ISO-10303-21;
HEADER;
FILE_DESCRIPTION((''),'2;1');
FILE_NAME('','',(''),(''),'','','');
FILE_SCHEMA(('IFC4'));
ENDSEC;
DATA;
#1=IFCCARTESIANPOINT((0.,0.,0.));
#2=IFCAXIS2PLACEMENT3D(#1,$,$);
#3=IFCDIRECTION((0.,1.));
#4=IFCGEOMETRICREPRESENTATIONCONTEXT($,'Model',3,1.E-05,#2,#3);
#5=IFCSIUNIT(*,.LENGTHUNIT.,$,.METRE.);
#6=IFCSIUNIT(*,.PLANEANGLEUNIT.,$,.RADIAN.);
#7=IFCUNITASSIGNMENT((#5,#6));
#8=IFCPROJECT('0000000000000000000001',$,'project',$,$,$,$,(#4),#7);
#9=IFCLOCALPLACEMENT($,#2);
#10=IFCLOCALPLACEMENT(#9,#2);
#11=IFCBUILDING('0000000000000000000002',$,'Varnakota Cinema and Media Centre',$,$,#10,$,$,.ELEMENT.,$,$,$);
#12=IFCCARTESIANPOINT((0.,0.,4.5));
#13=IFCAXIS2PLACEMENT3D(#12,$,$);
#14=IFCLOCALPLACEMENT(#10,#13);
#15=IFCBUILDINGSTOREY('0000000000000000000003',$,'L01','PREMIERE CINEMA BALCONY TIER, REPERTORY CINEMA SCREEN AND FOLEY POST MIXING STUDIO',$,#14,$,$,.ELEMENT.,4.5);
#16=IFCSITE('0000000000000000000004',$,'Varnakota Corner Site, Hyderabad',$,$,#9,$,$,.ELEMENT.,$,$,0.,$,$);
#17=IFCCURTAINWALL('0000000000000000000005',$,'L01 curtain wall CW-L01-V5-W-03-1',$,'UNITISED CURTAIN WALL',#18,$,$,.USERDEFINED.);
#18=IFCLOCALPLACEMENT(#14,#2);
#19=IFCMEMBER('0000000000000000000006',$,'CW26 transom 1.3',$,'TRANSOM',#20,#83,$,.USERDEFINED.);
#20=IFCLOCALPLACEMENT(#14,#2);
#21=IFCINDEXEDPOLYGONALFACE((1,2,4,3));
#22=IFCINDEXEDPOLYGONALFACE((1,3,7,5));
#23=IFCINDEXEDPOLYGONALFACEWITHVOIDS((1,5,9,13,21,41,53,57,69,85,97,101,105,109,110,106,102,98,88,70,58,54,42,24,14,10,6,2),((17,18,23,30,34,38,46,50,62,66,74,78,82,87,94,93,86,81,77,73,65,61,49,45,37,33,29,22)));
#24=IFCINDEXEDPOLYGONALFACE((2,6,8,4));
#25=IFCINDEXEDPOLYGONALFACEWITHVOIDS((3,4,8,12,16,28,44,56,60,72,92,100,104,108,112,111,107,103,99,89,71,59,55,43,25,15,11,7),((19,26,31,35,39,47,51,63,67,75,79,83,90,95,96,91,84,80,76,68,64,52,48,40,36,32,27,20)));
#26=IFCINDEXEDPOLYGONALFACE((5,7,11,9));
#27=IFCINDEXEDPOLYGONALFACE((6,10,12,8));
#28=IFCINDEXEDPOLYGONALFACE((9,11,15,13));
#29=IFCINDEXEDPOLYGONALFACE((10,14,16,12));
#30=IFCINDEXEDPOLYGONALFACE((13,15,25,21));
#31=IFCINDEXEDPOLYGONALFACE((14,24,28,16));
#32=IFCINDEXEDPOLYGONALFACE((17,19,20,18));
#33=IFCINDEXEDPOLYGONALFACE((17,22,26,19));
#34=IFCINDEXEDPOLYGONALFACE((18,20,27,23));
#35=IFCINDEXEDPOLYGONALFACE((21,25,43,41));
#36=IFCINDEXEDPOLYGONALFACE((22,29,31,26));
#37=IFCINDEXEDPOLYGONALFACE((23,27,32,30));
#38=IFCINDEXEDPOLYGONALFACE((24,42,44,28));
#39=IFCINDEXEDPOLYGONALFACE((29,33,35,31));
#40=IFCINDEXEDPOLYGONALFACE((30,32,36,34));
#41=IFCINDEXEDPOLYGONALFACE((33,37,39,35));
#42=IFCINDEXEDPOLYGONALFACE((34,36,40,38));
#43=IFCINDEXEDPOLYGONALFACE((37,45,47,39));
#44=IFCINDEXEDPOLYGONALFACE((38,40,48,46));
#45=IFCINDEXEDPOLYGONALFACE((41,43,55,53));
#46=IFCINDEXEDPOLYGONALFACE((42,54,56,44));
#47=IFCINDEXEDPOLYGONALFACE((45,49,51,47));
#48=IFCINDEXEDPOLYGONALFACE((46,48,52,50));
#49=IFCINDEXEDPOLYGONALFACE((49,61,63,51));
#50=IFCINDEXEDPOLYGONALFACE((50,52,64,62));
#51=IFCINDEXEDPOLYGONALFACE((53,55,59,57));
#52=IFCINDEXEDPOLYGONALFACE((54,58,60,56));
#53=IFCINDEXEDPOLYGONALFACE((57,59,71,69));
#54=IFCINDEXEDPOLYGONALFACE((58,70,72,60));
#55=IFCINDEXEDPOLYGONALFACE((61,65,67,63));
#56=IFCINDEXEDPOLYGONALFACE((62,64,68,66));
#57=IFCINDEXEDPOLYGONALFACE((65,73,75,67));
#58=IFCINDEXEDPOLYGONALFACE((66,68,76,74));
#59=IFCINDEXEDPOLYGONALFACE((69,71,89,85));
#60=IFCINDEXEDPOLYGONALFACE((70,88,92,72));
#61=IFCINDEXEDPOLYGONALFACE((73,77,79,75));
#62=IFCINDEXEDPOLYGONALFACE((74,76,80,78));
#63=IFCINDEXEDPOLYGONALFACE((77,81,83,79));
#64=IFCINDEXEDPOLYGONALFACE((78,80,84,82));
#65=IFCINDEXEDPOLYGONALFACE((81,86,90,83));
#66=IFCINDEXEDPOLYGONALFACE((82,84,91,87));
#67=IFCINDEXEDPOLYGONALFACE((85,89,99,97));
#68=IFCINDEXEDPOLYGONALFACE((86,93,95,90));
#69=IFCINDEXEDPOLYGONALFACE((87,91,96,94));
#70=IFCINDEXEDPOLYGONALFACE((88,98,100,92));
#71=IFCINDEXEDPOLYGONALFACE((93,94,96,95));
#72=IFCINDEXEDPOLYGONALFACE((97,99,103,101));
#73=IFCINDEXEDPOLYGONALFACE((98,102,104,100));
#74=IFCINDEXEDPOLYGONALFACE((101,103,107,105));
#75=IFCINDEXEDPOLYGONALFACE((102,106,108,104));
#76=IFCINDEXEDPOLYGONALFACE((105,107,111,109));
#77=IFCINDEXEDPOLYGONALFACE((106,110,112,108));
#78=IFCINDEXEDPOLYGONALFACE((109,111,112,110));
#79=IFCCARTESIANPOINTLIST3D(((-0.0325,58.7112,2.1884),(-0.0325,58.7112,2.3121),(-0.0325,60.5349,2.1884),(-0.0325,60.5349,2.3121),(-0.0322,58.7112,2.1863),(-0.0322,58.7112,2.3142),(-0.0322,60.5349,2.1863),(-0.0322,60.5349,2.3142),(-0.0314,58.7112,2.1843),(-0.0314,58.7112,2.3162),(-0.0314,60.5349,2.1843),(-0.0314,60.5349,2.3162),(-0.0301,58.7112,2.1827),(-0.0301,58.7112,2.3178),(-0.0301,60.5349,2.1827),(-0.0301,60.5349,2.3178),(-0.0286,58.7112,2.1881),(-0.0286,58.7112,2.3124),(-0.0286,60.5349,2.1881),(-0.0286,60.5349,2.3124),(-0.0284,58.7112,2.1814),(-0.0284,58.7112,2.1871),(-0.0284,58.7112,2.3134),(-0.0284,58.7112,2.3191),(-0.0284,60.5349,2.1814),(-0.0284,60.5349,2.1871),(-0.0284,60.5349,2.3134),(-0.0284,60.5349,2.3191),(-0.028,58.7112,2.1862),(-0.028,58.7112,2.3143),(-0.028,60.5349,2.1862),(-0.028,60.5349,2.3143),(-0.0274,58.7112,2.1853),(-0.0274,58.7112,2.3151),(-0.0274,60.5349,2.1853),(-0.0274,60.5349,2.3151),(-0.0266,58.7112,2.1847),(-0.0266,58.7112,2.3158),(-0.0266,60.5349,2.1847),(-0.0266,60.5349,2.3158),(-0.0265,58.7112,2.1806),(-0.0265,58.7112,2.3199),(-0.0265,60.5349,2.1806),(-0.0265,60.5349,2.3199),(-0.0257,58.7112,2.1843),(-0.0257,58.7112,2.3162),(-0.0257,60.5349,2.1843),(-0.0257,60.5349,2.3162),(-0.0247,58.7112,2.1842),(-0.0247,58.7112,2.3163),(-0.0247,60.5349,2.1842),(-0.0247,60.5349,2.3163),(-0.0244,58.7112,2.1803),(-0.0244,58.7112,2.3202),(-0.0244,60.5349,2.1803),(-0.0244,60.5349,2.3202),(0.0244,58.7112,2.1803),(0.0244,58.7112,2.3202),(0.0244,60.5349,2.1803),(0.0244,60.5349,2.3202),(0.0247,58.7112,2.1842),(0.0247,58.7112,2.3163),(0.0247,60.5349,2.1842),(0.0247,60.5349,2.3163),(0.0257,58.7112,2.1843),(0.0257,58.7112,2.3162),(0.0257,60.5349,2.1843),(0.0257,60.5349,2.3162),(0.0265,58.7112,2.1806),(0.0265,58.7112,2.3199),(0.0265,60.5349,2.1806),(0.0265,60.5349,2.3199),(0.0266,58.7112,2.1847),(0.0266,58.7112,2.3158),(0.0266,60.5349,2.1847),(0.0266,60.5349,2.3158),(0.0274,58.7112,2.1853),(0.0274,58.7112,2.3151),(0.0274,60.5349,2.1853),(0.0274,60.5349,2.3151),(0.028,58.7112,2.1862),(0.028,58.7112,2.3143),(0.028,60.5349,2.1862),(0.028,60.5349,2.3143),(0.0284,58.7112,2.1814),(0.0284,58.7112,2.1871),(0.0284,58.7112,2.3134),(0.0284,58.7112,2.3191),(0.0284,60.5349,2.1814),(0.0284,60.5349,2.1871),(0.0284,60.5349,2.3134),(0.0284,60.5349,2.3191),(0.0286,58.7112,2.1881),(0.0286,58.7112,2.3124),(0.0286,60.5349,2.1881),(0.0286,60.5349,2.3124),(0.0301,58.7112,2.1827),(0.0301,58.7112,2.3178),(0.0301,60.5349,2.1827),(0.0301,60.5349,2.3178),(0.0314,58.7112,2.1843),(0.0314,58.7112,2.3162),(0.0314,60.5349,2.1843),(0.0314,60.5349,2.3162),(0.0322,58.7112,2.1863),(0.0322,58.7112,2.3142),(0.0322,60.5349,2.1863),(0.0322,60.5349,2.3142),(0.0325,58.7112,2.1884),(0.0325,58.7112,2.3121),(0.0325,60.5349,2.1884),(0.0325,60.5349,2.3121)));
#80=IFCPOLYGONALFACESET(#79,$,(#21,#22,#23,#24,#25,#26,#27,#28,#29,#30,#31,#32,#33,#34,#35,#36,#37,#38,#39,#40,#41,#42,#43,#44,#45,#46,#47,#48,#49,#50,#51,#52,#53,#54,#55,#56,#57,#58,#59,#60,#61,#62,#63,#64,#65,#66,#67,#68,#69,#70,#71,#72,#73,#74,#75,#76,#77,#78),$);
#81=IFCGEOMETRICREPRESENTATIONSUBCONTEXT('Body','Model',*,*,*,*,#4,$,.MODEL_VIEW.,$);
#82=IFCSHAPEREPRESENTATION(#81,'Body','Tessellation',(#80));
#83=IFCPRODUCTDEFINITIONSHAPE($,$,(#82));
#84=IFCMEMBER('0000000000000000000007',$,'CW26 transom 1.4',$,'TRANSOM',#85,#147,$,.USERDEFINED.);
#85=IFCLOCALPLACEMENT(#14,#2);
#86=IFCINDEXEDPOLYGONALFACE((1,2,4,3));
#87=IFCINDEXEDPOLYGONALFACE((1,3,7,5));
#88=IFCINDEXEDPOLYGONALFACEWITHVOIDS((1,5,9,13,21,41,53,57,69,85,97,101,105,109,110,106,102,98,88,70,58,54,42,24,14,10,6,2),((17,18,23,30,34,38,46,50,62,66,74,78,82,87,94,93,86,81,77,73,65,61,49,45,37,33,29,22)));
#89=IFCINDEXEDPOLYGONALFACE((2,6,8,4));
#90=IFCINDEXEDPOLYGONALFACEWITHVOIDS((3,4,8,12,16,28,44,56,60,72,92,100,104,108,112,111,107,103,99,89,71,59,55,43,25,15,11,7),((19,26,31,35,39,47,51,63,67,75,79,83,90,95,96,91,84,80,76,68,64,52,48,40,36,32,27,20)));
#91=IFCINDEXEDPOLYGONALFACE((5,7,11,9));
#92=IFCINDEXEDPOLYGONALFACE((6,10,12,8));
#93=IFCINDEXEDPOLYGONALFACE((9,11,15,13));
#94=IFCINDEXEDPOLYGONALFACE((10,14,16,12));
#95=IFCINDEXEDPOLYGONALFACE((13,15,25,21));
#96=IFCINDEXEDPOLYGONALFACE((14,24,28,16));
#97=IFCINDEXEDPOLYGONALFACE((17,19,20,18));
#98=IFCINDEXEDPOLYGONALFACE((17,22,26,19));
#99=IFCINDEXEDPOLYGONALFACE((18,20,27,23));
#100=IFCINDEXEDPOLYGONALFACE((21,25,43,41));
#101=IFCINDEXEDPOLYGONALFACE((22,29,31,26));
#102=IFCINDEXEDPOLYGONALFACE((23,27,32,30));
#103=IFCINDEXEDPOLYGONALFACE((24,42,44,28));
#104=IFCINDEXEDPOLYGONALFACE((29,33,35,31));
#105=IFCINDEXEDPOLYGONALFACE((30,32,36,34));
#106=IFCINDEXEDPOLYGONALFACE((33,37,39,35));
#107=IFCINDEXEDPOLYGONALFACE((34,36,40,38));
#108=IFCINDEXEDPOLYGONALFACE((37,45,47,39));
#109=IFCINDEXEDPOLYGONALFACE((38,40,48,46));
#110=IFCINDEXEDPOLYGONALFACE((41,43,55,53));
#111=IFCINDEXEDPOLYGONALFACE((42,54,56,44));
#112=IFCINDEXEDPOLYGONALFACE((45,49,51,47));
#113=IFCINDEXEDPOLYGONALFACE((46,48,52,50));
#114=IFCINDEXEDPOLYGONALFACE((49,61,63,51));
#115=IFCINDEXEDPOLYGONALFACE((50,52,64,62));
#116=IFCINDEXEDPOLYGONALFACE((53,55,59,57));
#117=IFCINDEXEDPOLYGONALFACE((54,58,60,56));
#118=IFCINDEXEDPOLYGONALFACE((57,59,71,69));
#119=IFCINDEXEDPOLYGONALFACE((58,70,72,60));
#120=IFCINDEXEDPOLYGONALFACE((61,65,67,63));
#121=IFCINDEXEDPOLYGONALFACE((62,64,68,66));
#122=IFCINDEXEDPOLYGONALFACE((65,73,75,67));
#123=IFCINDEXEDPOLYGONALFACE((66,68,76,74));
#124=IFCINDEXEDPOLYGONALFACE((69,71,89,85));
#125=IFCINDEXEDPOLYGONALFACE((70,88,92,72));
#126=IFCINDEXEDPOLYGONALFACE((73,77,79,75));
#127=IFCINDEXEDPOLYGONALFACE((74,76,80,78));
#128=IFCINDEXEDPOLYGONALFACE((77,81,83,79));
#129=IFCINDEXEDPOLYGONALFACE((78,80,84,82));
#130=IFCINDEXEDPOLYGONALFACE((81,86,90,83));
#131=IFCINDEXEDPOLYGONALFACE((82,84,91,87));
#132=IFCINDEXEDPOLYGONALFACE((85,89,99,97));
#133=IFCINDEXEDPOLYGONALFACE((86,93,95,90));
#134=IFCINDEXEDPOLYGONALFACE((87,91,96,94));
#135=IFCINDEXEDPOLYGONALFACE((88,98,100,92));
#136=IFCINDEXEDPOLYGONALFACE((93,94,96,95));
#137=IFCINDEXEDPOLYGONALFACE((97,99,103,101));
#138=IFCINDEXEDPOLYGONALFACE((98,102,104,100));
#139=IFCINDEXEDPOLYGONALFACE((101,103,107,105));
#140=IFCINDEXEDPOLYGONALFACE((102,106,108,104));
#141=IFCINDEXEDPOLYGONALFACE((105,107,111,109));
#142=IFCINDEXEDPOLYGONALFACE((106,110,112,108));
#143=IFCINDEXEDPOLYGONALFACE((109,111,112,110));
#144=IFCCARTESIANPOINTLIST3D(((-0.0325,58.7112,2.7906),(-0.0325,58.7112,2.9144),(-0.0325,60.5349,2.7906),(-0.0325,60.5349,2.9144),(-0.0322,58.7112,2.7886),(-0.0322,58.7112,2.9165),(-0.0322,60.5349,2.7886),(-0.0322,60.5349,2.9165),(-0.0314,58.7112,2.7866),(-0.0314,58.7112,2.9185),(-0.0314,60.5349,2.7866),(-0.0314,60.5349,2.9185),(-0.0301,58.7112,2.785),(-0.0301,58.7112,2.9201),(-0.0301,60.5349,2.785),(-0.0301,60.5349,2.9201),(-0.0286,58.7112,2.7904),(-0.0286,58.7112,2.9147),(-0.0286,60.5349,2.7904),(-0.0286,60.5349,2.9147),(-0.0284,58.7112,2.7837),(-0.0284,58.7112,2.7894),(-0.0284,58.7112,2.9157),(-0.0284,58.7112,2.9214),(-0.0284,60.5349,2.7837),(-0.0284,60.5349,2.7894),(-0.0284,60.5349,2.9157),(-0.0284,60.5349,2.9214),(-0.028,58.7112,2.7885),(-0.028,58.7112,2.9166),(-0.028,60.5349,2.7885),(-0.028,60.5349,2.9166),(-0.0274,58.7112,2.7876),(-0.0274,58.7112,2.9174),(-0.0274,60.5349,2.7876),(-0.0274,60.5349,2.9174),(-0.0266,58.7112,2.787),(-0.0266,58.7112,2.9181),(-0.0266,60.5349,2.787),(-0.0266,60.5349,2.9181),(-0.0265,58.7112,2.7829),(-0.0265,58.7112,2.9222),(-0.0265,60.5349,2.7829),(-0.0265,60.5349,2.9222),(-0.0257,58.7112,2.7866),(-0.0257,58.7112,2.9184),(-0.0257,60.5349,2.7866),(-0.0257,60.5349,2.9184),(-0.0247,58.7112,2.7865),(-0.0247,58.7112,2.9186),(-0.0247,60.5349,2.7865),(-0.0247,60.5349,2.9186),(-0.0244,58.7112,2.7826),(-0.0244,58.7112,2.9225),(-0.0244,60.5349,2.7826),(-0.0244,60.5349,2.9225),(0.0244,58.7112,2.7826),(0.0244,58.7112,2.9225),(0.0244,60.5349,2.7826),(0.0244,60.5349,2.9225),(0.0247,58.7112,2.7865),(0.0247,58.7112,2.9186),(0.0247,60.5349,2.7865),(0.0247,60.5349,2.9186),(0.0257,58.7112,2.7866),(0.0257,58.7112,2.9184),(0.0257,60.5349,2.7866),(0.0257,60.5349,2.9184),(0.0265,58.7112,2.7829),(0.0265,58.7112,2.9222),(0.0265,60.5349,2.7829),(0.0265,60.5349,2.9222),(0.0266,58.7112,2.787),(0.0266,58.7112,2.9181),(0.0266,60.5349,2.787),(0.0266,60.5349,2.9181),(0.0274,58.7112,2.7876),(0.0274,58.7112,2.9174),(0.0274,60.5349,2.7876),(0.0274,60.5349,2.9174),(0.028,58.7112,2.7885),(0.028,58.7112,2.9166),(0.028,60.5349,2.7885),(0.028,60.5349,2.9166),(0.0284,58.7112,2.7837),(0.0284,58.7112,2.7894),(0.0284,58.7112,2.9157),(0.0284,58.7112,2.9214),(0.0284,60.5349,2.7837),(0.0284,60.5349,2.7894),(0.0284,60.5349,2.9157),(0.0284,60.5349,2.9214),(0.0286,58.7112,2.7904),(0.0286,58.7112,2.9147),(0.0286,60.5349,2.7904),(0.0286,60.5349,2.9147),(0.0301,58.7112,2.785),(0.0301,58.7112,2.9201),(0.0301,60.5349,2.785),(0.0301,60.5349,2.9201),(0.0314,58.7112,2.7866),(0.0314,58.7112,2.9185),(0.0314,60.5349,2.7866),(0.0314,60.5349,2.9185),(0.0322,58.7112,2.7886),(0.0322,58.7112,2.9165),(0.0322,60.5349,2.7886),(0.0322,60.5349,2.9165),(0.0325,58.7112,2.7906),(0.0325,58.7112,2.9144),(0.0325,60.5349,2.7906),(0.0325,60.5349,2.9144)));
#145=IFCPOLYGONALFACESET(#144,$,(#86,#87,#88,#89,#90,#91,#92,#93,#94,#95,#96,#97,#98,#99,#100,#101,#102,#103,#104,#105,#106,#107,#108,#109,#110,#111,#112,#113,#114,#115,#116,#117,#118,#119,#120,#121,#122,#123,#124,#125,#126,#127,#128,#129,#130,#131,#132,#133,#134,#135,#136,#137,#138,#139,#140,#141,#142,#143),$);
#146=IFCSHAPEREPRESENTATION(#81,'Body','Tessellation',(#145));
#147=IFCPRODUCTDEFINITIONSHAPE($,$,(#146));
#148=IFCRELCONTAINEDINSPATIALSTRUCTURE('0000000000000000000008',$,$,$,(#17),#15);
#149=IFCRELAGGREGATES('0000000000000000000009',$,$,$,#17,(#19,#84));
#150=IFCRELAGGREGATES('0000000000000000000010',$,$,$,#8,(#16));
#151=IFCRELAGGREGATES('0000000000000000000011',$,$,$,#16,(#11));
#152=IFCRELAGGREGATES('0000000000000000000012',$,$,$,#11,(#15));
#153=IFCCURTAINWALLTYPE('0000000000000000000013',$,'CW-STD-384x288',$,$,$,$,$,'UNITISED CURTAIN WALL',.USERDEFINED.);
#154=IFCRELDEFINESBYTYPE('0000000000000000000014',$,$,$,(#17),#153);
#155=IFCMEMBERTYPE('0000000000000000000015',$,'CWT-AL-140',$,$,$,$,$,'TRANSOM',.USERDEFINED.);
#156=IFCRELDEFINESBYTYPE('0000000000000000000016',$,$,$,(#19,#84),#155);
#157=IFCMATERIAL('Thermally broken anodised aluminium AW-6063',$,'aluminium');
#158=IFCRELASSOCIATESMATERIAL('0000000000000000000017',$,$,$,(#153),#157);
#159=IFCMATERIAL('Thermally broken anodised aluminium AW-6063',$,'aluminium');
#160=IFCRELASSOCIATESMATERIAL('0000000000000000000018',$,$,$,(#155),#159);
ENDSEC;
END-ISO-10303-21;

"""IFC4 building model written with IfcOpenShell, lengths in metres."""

from ifc_helpers import new_model, si_unit, direction, frame, origin, origin_2d, place, context, subcontext, project, spatial, hollow_rectangle, extrude, material, material_profile, profile_set, type_object, element, aggregate, save


model = new_model("IFC4")

# Units and contexts
model_context = context("Model", 3, precision=1e-05, world=origin(), true_north=direction((0.0, 1.0)))
body_context = subcontext(model_context, "Body", "Model", "MODEL_VIEW")
ifc_project = project(units=[si_unit("LENGTHUNIT", "METRE"), si_unit("PLANEANGLEUNIT", "RADIAN")], contexts=[model_context])

# Site, building, storey
site_placement = place(None, origin())
site = spatial("IfcSite", under=ifc_project, at=site_placement, Name="Varnakota Corner Site, Hyderabad", CompositionType="ELEMENT", RefElevation=0.0)
building_placement = place(site_placement, origin())
building = spatial("IfcBuilding", under=site, at=building_placement, Name="Varnakota Cinema and Media Centre", CompositionType="ELEMENT")
storey_placement = place(building_placement, frame((0.0, 0.0, 4.5)))
storey = spatial("IfcBuildingStorey", under=building, at=storey_placement, Name="L01", Description="PREMIERE CINEMA BALCONY TIER, REPERTORY CINEMA SCREEN AND FOLEY POST MIXING STUDIO", CompositionType="ELEMENT", Elevation=4.5)

# Curtain wall
ifc_material_1 = material(Name="Thermally broken anodised aluminium AW-6063", Category="aluminium")
curtain_wall_type = type_object("IfcCurtainWallType", Name="CW-STD-384x288", ElementType="UNITISED CURTAIN WALL", PredefinedType="USERDEFINED", material=ifc_material_1)
curtain_wall_1_placement = place(storey_placement, origin())
curtain_wall_1 = element("IfcCurtainWall", 1, at=curtain_wall_1_placement, inside=storey, type_object=curtain_wall_type, Name="L01 curtain wall CW-L01-V5-W-03-1", ObjectType="UNITISED CURTAIN WALL", PredefinedType="USERDEFINED")

# Members
ifc_material_2 = material(Name="Thermally broken anodised aluminium AW-6063", Category="aluminium")
ifc_material_profile_1 = material_profile(ifc_material_2, hollow_rectangle(XDim=0.0649, YDim=0.1399, WallThickness=0.0039, InnerFilletRadius=0.0039, OuterFilletRadius=0.0081, at=origin_2d()), Name="AL-TRANSOM 140x65x4")
ifc_profile_set_1 = profile_set([ifc_material_profile_1], Name="Thermally broken anodised aluminium AW-6063")
member_type_1 = type_object("IfcMemberType", Name="CWT-AL-140", ElementType="TRANSOM", PredefinedType="USERDEFINED", material=ifc_profile_set_1)
member_1_placement = place(storey_placement, frame((0.0, 60.5349, 2.2502), z_axis=(0.0, -1.0, 0.0), x_axis=(1.0, 0.0, 0.0)))
member_1 = element("IfcMember", 2, at=member_1_placement, type_object=member_type_1, Name="CW26 transom 1.3", ObjectType="TRANSOM", PredefinedType="USERDEFINED", context=body_context, shape_type="SweptSolid", body=[
    extrude(hollow_rectangle(XDim=0.0649, YDim=0.1399, WallThickness=0.0039, InnerFilletRadius=0.0039, OuterFilletRadius=0.0081, at=origin_2d()), origin(), (0.0, 0.0, 1.0), 1.8237),
])
member_2_placement = place(storey_placement, frame((0.0, 60.5349, 2.8525), z_axis=(0.0, -1.0, 0.0), x_axis=(1.0, 0.0, 0.0)))
member_2 = element("IfcMember", 3, at=member_2_placement, type_object=member_type_1, Name="CW26 transom 1.4", ObjectType="TRANSOM", PredefinedType="USERDEFINED", context=body_context, shape_type="SweptSolid", body=[
    extrude(hollow_rectangle(XDim=0.0649, YDim=0.1399, WallThickness=0.0039, InnerFilletRadius=0.0039, OuterFilletRadius=0.0081, at=origin_2d()), origin(), (0.0, 0.0, 1.0), 1.8237),
])

aggregate(curtain_wall_1, [member_1, member_2])

save(model, "model.ifc")
